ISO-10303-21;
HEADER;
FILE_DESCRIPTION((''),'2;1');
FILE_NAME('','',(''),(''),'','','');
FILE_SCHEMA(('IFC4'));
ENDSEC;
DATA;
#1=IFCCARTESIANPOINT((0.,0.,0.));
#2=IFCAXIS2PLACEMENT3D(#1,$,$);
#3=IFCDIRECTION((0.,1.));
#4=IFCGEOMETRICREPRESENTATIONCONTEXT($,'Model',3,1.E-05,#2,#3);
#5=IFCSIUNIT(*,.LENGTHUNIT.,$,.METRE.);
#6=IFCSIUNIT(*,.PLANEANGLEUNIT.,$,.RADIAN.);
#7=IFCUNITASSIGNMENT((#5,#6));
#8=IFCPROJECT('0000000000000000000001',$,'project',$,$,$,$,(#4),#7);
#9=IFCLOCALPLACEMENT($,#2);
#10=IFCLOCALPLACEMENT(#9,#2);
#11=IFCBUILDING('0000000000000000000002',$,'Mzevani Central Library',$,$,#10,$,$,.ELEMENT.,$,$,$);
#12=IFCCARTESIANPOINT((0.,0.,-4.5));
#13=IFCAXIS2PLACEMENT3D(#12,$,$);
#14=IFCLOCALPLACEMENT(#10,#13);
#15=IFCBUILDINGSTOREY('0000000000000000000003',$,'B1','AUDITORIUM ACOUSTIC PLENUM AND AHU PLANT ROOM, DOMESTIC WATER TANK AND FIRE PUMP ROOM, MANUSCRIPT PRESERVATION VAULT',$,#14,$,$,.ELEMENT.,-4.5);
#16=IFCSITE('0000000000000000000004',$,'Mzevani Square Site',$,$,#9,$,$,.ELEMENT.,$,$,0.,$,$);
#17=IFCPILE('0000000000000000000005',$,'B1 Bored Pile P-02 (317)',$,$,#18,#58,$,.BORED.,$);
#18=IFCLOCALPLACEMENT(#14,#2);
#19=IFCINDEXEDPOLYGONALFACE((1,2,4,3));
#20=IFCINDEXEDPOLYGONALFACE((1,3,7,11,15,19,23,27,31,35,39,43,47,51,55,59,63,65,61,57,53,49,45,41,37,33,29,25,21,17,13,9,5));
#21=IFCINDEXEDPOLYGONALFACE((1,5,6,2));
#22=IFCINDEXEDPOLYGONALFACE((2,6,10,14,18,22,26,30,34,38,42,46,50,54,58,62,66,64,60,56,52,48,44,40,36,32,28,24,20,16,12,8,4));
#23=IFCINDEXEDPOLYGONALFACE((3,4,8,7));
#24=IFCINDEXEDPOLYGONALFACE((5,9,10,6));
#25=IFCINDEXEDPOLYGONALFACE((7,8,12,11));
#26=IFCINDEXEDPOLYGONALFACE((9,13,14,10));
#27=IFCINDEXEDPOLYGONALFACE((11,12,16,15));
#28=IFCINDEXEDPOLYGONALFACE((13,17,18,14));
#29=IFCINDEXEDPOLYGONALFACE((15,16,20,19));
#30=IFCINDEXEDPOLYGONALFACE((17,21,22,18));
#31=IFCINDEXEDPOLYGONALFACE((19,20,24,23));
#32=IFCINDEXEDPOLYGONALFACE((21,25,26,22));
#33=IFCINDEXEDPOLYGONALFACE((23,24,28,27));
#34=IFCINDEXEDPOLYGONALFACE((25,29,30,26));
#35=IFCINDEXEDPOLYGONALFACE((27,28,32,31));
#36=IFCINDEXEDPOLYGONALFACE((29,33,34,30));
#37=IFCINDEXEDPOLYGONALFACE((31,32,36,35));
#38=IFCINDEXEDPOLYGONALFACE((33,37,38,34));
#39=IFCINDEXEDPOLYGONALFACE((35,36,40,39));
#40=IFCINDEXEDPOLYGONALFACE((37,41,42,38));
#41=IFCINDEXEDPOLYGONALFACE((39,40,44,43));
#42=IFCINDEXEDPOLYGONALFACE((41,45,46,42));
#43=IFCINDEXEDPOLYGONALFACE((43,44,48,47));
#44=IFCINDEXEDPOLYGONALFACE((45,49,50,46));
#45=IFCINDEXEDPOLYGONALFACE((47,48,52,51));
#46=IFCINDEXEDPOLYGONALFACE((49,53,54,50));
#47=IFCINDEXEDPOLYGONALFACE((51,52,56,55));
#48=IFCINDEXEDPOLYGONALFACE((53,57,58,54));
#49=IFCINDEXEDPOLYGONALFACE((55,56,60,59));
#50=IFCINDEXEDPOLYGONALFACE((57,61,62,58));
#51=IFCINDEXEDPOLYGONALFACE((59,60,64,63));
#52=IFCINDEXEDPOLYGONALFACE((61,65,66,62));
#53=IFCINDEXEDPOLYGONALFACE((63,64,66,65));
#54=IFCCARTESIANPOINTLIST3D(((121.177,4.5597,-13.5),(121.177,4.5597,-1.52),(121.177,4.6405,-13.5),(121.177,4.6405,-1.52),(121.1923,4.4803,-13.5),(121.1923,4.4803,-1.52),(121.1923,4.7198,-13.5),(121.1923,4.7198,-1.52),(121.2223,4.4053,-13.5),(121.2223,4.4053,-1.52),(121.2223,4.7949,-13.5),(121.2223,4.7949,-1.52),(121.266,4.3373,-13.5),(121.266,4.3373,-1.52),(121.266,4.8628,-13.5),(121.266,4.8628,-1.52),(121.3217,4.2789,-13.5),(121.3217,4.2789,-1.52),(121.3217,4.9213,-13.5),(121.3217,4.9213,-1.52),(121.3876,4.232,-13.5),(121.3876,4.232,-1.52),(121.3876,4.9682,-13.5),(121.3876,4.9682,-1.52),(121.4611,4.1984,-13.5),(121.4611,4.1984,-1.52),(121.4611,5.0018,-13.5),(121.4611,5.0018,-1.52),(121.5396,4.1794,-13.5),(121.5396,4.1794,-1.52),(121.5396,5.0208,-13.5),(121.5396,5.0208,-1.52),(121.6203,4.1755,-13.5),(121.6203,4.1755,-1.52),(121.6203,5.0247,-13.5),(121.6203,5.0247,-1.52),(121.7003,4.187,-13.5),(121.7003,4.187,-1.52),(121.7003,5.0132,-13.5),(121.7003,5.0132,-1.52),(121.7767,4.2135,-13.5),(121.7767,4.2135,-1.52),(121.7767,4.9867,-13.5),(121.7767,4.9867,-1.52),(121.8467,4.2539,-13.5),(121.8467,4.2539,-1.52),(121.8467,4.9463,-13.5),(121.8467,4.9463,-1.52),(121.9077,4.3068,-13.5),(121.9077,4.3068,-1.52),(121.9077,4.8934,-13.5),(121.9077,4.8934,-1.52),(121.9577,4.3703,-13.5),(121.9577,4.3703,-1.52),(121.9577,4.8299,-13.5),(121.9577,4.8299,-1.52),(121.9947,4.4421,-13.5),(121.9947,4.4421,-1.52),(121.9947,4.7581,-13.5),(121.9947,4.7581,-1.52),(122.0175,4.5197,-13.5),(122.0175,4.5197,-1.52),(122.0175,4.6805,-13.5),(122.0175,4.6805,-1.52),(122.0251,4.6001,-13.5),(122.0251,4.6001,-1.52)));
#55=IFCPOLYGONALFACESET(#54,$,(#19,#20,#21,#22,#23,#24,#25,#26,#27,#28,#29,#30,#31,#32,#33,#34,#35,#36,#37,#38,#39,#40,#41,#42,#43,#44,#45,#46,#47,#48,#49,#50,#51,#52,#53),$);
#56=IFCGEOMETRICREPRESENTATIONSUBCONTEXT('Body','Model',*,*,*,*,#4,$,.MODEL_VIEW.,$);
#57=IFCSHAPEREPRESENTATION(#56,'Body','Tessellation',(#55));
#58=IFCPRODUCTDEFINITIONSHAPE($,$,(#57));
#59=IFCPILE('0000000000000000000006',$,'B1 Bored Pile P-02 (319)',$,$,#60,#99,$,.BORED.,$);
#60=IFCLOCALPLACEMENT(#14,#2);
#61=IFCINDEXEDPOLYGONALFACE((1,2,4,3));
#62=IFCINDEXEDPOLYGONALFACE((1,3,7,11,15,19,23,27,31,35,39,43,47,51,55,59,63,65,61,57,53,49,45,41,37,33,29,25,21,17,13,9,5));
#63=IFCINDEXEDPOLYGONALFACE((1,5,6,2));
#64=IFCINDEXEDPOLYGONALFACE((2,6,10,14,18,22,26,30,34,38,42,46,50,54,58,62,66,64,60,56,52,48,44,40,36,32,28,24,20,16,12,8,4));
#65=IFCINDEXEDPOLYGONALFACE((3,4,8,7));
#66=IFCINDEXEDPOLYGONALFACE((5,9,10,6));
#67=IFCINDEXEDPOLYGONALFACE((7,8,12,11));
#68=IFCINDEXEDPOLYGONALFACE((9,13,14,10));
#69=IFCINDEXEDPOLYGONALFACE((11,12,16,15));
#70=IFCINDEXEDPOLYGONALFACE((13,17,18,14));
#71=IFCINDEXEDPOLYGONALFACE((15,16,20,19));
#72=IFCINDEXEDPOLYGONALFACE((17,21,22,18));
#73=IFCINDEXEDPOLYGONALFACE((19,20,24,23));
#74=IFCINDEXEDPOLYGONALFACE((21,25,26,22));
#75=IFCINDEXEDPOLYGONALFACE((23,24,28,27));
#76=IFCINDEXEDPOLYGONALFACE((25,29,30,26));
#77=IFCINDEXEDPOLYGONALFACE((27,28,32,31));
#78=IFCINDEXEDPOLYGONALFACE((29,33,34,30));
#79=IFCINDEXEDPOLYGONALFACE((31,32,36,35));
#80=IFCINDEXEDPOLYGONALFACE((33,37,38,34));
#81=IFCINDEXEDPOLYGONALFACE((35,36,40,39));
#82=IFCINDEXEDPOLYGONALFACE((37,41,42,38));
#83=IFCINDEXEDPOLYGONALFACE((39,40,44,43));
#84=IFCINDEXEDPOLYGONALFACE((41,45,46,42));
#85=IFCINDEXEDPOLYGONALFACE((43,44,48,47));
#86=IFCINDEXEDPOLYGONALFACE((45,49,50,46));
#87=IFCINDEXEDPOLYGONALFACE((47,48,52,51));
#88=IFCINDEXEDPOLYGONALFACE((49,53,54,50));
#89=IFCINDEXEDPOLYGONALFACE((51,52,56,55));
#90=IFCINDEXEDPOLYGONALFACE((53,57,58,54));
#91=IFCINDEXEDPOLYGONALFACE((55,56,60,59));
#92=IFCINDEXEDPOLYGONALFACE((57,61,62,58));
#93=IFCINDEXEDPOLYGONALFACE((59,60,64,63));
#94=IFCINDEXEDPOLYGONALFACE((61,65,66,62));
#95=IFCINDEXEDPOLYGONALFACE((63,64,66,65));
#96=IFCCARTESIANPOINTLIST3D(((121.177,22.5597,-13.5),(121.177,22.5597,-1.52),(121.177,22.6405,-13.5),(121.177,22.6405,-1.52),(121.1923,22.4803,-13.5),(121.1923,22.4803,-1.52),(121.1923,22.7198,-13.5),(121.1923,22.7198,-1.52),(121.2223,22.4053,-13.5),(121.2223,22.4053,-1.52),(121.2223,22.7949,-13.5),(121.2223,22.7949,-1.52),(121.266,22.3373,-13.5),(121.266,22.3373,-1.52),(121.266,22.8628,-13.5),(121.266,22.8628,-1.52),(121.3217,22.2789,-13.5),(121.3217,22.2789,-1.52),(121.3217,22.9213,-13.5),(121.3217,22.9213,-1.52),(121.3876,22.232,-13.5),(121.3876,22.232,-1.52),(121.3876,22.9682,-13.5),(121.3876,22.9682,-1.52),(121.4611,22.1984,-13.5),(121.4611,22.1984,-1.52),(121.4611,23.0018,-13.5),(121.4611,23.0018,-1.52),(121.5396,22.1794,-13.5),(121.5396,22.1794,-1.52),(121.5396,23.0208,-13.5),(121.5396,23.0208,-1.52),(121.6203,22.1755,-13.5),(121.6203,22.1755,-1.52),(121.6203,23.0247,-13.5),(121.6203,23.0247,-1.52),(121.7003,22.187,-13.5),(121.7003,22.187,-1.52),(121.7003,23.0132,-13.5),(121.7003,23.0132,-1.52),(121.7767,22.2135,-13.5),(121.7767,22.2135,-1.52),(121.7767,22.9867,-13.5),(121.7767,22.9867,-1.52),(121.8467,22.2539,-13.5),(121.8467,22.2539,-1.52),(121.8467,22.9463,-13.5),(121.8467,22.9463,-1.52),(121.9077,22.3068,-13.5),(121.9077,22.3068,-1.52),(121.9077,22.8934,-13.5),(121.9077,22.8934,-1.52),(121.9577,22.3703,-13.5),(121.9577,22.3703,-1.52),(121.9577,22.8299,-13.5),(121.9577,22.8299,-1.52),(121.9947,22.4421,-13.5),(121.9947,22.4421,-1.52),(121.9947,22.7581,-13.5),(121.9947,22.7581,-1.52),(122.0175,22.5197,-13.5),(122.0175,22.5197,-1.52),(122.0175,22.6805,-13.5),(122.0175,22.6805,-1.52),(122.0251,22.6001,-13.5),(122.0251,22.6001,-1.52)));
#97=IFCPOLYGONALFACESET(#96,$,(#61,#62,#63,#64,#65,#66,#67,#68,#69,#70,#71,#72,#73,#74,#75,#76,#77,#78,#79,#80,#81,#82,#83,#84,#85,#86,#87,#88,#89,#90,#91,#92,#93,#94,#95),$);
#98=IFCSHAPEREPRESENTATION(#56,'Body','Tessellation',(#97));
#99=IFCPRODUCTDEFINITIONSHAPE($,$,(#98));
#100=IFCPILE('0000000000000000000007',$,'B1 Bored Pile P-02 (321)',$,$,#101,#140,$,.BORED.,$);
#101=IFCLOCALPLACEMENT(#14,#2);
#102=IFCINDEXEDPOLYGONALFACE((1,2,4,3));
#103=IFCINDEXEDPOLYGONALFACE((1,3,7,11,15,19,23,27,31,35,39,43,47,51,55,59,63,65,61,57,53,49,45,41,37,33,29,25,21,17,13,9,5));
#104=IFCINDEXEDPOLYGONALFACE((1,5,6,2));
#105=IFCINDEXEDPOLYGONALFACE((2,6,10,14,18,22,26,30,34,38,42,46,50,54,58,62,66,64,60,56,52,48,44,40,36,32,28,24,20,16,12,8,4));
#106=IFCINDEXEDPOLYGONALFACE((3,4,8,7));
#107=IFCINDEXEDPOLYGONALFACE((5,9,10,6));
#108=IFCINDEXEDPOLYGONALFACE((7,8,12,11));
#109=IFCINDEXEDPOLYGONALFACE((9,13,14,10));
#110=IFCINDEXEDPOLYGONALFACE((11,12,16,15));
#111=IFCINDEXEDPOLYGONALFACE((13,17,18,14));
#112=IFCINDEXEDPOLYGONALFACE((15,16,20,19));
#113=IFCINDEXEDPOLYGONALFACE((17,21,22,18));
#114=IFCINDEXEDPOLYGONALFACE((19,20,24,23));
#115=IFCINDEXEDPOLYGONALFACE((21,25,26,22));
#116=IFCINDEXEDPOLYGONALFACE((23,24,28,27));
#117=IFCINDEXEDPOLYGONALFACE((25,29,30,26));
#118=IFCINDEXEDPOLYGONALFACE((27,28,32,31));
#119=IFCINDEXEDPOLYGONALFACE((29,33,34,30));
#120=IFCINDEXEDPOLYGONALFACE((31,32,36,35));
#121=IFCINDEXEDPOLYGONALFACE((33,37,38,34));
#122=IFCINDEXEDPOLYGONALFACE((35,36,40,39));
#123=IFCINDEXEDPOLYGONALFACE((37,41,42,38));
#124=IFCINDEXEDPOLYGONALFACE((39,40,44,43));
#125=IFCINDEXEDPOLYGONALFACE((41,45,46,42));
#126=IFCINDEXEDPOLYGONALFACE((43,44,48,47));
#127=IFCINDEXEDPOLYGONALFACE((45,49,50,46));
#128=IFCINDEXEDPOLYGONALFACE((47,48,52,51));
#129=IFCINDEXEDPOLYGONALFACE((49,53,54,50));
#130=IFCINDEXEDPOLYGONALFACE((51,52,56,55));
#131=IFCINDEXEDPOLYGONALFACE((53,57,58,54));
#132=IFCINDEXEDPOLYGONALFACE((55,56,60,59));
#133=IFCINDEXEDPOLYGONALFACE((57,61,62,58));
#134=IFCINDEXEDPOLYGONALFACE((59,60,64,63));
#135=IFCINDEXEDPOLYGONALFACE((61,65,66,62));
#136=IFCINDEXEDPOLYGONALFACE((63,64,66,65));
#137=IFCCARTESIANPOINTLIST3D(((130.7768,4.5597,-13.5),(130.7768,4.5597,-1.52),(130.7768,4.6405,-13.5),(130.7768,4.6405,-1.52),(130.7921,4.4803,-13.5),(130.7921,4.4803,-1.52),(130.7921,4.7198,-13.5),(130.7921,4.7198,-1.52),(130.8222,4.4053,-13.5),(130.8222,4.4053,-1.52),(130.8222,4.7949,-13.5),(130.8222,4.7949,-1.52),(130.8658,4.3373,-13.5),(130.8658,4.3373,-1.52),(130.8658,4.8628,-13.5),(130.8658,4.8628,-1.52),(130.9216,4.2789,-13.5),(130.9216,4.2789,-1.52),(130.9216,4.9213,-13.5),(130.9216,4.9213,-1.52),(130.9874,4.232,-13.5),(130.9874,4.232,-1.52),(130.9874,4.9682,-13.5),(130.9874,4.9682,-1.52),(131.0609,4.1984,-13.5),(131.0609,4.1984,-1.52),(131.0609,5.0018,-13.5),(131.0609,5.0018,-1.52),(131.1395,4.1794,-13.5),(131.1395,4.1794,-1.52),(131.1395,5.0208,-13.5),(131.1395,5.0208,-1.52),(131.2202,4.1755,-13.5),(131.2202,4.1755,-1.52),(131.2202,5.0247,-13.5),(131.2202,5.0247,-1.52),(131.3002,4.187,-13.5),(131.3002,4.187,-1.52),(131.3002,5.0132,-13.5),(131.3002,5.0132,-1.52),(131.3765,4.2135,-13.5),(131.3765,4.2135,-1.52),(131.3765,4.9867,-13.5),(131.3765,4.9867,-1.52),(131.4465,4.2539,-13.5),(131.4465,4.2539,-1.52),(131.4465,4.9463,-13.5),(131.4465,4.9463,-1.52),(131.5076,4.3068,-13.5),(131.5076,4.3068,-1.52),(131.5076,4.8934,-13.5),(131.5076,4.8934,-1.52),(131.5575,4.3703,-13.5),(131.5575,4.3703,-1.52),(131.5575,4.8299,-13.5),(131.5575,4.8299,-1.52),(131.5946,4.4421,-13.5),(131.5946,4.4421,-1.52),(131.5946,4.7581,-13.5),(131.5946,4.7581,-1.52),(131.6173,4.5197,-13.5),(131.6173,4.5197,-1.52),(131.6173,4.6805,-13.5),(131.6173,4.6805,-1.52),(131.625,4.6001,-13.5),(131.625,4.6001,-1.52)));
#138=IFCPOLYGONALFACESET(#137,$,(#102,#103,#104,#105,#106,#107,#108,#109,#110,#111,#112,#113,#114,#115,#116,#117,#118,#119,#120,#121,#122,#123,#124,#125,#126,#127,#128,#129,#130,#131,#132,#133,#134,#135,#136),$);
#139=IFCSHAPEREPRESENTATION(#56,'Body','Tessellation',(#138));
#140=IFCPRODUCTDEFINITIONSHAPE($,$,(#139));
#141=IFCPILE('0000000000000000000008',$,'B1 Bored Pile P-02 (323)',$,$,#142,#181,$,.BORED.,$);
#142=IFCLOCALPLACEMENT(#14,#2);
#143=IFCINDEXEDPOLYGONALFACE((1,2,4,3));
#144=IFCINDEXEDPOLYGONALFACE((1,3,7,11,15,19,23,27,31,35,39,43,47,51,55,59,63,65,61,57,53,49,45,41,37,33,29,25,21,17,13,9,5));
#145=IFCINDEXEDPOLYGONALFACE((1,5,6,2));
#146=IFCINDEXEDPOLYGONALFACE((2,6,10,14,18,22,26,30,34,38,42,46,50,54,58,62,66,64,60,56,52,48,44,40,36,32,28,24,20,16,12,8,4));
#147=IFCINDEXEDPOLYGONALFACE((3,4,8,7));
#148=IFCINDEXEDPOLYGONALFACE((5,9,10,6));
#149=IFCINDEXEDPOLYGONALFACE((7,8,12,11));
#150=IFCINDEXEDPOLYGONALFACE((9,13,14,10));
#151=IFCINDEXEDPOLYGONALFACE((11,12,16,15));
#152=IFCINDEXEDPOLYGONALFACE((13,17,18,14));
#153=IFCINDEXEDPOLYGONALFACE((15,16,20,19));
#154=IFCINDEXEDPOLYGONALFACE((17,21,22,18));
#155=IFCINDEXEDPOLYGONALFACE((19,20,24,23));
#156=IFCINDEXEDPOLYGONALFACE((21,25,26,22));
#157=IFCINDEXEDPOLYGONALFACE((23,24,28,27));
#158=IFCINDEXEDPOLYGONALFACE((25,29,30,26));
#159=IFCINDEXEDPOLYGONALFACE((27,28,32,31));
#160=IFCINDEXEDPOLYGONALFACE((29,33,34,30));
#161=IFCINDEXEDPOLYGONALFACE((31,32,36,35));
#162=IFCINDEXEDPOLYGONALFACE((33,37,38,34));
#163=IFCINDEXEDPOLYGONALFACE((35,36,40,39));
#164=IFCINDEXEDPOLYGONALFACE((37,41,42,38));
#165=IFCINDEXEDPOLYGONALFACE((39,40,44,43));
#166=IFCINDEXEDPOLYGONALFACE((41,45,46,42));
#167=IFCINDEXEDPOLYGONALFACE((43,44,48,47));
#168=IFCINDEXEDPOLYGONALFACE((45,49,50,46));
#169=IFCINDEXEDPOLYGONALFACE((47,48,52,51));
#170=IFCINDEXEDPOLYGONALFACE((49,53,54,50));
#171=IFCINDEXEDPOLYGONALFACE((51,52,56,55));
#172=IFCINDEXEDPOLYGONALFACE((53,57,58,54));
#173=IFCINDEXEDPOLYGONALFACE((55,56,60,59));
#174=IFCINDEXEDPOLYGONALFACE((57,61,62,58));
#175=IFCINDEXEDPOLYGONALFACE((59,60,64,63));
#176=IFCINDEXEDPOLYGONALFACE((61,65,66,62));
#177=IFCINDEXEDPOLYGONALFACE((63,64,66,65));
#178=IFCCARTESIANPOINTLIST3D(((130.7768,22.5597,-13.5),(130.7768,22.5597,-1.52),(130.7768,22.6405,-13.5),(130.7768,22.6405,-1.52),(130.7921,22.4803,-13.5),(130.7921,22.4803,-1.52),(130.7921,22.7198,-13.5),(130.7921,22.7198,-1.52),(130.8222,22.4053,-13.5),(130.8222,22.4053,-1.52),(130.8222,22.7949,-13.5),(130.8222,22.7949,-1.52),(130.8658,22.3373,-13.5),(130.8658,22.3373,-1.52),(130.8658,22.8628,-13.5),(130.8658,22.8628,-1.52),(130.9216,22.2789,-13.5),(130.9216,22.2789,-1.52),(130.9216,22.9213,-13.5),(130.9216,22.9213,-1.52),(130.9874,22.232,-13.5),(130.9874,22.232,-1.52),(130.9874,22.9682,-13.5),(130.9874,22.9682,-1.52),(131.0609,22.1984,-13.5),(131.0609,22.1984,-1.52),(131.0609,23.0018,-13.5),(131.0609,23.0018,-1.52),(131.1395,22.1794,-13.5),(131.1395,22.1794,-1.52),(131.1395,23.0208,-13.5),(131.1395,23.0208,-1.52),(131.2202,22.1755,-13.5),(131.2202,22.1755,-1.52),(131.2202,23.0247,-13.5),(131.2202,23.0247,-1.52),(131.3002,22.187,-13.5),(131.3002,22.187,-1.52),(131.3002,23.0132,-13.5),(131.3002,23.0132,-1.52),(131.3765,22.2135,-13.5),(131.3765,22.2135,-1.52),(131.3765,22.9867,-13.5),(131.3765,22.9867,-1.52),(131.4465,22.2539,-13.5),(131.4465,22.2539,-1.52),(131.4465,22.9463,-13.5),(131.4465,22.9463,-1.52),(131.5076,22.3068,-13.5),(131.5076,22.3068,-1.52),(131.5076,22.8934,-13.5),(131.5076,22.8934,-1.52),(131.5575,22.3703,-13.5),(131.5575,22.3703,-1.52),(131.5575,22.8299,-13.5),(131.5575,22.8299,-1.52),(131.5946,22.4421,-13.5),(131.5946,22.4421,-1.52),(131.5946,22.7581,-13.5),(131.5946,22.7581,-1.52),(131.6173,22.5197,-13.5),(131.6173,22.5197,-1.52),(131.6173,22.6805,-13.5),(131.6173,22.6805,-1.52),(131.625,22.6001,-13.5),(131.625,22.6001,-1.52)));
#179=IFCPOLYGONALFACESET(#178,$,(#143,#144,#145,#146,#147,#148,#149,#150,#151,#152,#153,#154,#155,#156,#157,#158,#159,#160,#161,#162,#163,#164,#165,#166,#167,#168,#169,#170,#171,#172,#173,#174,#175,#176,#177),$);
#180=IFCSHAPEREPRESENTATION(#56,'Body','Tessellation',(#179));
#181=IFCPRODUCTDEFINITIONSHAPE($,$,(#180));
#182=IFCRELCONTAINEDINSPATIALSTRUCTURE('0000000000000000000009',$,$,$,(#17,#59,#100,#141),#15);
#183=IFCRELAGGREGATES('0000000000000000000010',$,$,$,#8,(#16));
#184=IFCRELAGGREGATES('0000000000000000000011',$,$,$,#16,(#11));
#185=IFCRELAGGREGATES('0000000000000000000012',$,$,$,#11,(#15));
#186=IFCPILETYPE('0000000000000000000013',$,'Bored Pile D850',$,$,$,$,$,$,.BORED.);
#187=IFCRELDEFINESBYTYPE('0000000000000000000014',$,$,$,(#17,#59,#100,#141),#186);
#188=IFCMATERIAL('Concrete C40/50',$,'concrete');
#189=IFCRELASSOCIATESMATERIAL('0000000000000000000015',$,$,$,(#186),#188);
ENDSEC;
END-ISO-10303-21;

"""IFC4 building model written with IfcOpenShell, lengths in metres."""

from ifc_helpers import new_model, si_unit, direction, frame, origin, origin_2d, place, context, subcontext, project, spatial, circle, extrude, material, material_profile, profile_set, type_object, element, save


model = new_model("IFC4")

# Units and contexts
model_context = context("Model", 3, precision=1e-05, world=origin(), true_north=direction((0.0, 1.0)))
body_context = subcontext(model_context, "Body", "Model", "MODEL_VIEW")
ifc_project = project(units=[si_unit("LENGTHUNIT", "METRE"), si_unit("PLANEANGLEUNIT", "RADIAN")], contexts=[model_context])

# Site, building, storey
site_placement = place(None, origin())
site = spatial("IfcSite", under=ifc_project, at=site_placement, Name="Mzevani Square Site", CompositionType="ELEMENT", RefElevation=0.0)
building_placement = place(site_placement, origin())
building = spatial("IfcBuilding", under=site, at=building_placement, Name="Mzevani Central Library", CompositionType="ELEMENT")
storey_placement = place(building_placement, frame((0.0, 0.0, -4.5)))
storey = spatial("IfcBuildingStorey", under=building, at=storey_placement, Name="B1", Description="AUDITORIUM ACOUSTIC PLENUM AND AHU PLANT ROOM, DOMESTIC WATER TANK AND FIRE PUMP ROOM, MANUSCRIPT PRESERVATION VAULT", CompositionType="ELEMENT", Elevation=-4.5)

# Piles
ifc_material_1 = material(Name="Concrete C40/50", Category="concrete")
ifc_material_profile_1 = material_profile(ifc_material_1, circle(Radius=0.425, at=origin_2d()), Name="PILE D850")
ifc_profile_set_1 = profile_set([ifc_material_profile_1], Name="Concrete C40/50")
pile_type_1 = type_object("IfcPileType", Name="Bored Pile D850", PredefinedType="BORED", material=ifc_profile_set_1)
for number, where, z_axis, x_axis, name in (
    (1, (121.6001, 4.6001, -1.52), (0.0, 0.0, -1.0), (1.0, 0.0, 0.0), "B1 Bored Pile P-02 (317)"),
    (2, (121.6001, 22.6001, -1.52), (0.0, 0.0, -1.0), (1.0, 0.0, 0.0), "B1 Bored Pile P-02 (319)"),
    (3, (131.2, 4.6001, -1.52), (0.0, 0.0, -1.0), (1.0, 0.0, 0.0), "B1 Bored Pile P-02 (321)"),
    (4, (131.2, 22.6001, -1.52), (0.0, 0.0, -1.0), (1.0, 0.0, 0.0), "B1 Bored Pile P-02 (323)"),
):
    element("IfcPile", number, at=place(storey_placement, frame(where, z_axis=z_axis, x_axis=x_axis)), inside=storey, type_object=pile_type_1, Name=name, PredefinedType="BORED", context=body_context, shape_type="SweptSolid", body=[
        extrude(circle(Radius=0.425, at=origin_2d()), origin(), (0.0, 0.0, 1.0), 11.98),
    ])

save(model, "model.ifc")
